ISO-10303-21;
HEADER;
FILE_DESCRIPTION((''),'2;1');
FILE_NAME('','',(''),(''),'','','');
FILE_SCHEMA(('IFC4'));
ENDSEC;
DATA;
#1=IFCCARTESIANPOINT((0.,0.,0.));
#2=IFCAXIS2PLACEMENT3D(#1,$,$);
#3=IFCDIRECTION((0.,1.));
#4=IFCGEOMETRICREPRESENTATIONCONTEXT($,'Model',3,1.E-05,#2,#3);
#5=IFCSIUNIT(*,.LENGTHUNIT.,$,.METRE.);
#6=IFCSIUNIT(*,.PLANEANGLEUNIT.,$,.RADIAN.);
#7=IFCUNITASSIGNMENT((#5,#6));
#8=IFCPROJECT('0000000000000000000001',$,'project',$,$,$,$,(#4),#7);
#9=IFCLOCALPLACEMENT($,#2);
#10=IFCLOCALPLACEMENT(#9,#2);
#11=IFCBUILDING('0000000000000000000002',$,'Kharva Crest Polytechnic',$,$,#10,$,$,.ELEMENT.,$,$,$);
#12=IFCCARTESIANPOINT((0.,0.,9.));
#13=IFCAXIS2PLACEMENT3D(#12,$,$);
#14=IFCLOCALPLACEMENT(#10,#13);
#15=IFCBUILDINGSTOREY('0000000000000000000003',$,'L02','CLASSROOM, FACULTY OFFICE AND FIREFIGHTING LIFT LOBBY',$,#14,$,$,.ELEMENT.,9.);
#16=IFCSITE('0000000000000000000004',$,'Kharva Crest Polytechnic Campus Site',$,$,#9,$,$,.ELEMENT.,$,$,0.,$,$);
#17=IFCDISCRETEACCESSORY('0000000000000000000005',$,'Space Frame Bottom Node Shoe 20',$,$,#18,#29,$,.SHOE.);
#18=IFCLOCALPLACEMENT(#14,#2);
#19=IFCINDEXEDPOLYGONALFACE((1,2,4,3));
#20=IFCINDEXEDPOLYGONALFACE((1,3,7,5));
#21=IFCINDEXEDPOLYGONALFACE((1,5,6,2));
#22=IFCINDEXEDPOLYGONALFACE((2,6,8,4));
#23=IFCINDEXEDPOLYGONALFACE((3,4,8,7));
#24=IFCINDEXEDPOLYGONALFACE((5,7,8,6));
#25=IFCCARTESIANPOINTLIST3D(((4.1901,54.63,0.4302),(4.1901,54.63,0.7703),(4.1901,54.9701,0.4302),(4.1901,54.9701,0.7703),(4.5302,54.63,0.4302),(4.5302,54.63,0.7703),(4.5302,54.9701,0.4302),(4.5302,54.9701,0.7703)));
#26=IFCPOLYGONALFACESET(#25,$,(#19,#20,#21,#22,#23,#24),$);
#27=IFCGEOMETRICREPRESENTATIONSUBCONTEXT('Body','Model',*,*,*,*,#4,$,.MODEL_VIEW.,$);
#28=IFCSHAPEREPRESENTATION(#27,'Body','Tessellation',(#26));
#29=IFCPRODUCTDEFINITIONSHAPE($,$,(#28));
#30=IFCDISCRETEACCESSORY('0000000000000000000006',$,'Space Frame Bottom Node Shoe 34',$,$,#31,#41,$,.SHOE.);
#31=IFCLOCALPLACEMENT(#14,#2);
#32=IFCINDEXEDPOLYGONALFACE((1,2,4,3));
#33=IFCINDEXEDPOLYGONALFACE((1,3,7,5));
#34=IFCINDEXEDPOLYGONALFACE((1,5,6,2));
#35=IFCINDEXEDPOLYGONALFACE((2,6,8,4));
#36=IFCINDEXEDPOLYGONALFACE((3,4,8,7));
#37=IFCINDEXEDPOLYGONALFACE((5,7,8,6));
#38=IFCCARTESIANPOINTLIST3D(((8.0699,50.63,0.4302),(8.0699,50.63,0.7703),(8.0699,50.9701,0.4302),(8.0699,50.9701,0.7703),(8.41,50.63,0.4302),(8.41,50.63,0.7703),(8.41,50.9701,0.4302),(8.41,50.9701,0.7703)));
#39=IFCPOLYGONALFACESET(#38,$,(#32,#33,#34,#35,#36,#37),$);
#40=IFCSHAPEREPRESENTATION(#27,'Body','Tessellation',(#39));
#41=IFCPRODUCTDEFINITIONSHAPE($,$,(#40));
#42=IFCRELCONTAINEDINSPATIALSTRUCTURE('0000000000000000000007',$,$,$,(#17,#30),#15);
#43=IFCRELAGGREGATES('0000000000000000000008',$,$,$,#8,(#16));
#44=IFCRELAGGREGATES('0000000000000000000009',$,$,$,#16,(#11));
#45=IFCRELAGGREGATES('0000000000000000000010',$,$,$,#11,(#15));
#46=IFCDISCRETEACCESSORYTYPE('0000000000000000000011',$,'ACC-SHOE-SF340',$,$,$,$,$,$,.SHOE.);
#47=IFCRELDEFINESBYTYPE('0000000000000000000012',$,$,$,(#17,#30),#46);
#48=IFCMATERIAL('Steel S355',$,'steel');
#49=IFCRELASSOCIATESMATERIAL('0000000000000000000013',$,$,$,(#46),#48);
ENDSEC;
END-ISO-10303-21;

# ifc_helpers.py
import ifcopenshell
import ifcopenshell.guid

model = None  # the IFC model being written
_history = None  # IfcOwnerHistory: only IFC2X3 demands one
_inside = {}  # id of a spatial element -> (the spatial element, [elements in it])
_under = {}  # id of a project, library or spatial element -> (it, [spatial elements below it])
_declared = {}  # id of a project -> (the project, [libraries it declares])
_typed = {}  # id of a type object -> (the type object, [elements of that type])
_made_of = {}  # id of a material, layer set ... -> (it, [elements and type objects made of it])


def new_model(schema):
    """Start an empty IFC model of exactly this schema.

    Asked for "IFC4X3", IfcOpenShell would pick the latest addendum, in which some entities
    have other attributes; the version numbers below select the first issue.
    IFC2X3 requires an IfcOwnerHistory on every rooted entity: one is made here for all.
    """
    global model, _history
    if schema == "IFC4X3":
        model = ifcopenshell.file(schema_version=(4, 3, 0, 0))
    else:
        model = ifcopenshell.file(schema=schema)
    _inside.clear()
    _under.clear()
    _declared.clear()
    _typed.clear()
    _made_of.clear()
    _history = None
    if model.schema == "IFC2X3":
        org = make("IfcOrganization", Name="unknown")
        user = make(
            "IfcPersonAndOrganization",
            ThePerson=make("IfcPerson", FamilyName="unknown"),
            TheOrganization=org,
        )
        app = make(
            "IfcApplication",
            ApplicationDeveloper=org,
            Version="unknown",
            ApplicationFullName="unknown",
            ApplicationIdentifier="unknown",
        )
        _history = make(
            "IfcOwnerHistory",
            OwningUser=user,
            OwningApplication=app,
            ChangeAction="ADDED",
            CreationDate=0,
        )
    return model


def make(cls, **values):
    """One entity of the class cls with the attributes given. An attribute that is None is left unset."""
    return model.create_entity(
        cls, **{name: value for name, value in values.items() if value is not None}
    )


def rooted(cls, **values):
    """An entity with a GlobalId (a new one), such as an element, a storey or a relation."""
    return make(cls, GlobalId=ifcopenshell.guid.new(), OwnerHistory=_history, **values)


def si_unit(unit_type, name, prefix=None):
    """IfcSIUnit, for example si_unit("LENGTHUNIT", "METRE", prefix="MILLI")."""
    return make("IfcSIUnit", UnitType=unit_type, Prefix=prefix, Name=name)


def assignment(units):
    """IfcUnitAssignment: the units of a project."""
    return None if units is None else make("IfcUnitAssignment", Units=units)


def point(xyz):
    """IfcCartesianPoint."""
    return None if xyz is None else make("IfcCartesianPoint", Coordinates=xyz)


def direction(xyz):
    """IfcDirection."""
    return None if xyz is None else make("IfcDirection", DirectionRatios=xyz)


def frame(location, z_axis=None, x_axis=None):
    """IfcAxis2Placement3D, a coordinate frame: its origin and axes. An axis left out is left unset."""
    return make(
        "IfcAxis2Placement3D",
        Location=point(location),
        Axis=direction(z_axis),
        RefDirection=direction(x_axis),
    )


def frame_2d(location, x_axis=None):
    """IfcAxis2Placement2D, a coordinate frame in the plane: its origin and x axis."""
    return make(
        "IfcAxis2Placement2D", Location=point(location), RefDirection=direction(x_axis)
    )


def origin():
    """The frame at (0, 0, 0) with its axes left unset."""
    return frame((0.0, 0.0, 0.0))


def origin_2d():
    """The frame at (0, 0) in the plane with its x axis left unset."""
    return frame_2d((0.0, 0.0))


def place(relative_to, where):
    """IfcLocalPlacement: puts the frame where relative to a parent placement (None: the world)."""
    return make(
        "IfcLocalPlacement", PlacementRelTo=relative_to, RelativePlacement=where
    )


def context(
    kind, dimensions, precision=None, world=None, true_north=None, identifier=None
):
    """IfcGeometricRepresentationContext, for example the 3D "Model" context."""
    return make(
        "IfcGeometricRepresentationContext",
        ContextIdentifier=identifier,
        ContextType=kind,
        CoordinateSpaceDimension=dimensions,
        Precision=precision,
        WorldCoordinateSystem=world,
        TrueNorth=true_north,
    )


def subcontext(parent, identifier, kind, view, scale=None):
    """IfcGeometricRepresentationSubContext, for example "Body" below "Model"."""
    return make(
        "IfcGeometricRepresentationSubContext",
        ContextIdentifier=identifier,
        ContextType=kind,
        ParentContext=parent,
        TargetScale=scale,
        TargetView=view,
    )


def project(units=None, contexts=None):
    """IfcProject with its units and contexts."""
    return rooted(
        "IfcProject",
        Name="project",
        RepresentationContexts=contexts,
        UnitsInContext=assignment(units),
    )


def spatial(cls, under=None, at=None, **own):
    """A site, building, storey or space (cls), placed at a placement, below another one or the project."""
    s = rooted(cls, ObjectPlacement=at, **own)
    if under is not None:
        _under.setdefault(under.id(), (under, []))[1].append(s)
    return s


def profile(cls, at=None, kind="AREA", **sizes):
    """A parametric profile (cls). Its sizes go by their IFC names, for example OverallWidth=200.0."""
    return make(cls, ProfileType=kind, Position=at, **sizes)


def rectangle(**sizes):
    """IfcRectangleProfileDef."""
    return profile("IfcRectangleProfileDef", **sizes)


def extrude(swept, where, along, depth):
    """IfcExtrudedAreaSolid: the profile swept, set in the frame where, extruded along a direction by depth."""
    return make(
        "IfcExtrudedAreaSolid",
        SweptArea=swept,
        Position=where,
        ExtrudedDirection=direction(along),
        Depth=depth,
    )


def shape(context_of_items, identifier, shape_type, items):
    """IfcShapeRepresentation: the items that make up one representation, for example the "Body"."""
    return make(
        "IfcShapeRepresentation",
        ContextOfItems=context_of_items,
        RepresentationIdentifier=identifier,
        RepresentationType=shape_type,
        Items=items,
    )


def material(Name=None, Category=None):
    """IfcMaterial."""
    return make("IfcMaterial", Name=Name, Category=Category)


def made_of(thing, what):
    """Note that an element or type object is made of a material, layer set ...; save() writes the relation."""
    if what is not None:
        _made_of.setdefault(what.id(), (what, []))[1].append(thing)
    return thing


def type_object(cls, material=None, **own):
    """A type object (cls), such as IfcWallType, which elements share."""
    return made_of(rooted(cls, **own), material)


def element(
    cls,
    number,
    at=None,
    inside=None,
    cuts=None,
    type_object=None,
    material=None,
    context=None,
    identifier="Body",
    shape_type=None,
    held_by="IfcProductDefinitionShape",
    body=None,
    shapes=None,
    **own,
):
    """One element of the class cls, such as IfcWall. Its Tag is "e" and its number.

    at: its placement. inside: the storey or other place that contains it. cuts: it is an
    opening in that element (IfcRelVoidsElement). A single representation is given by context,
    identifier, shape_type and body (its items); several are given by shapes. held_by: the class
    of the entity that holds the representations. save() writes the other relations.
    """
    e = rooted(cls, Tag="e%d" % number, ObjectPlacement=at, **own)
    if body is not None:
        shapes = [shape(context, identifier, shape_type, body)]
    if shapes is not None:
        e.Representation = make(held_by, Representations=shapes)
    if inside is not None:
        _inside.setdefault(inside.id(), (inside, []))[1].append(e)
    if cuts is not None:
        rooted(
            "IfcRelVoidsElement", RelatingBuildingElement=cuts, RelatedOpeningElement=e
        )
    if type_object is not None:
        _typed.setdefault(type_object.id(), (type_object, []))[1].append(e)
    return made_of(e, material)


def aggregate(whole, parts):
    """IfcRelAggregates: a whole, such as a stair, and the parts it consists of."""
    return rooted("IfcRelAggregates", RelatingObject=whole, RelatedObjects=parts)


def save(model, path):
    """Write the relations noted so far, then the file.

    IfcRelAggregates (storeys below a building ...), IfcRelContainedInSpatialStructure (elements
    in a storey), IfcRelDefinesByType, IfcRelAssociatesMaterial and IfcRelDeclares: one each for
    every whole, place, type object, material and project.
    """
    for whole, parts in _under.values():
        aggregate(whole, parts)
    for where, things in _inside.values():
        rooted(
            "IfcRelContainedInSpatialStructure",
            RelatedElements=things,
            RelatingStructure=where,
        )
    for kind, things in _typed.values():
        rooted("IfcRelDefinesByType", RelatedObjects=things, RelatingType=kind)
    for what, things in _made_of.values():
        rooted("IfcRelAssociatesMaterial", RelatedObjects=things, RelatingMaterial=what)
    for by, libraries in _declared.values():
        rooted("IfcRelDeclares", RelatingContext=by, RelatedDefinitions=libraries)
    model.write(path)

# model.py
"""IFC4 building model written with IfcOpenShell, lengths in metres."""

from ifc_helpers import new_model, si_unit, direction, frame, origin, origin_2d, place, context, subcontext, project, spatial, rectangle, extrude, material, type_object, element, save


model = new_model("IFC4")

# Units and contexts
model_context = context("Model", 3, precision=1e-05, world=origin(), true_north=direction((0.0, 1.0)))
body_context = subcontext(model_context, "Body", "Model", "MODEL_VIEW")
ifc_project = project(units=[si_unit("LENGTHUNIT", "METRE"), si_unit("PLANEANGLEUNIT", "RADIAN")], contexts=[model_context])

# Site, building, storey
site_placement = place(None, origin())
site = spatial("IfcSite", under=ifc_project, at=site_placement, Name="Kharva Crest Polytechnic Campus Site", CompositionType="ELEMENT", RefElevation=0.0)
building_placement = place(site_placement, origin())
building = spatial("IfcBuilding", under=site, at=building_placement, Name="Kharva Crest Polytechnic", CompositionType="ELEMENT")
storey_placement = place(building_placement, frame((0.0, 0.0, 9.0)))
storey = spatial("IfcBuildingStorey", under=building, at=storey_placement, Name="L02", Description="CLASSROOM, FACULTY OFFICE AND FIREFIGHTING LIFT LOBBY", CompositionType="ELEMENT", Elevation=9.0)

# Shared definitions
ifc_material_1 = material(Name="Steel S355", Category="steel")

# Discrete accessories
discrete_accessory_type_1 = type_object("IfcDiscreteAccessoryType", Name="ACC-SHOE-SF340", PredefinedType="SHOE", material=ifc_material_1)
for number, where, z_axis, x_axis, name in (
    (1, (4.3601, 54.8, 0.4302), (0.0, 0.0, 1.0), (1.0, 0.0, 0.0), "Space Frame Bottom Node Shoe 20"),
    (2, (8.24, 50.8, 0.4302), (0.0, 0.0, 1.0), (1.0, 0.0, 0.0), "Space Frame Bottom Node Shoe 34"),
):
    element("IfcDiscreteAccessory", number, at=place(storey_placement, frame(where, z_axis=z_axis, x_axis=x_axis)), inside=storey, type_object=discrete_accessory_type_1, Name=name, PredefinedType="SHOE", context=body_context, shape_type="SweptSolid", body=[
        extrude(rectangle(XDim=0.3401, YDim=0.3401, at=origin_2d()), origin(), (0.0, 0.0, 1.0), 0.3401),
    ])

save(model, "model.ifc")
